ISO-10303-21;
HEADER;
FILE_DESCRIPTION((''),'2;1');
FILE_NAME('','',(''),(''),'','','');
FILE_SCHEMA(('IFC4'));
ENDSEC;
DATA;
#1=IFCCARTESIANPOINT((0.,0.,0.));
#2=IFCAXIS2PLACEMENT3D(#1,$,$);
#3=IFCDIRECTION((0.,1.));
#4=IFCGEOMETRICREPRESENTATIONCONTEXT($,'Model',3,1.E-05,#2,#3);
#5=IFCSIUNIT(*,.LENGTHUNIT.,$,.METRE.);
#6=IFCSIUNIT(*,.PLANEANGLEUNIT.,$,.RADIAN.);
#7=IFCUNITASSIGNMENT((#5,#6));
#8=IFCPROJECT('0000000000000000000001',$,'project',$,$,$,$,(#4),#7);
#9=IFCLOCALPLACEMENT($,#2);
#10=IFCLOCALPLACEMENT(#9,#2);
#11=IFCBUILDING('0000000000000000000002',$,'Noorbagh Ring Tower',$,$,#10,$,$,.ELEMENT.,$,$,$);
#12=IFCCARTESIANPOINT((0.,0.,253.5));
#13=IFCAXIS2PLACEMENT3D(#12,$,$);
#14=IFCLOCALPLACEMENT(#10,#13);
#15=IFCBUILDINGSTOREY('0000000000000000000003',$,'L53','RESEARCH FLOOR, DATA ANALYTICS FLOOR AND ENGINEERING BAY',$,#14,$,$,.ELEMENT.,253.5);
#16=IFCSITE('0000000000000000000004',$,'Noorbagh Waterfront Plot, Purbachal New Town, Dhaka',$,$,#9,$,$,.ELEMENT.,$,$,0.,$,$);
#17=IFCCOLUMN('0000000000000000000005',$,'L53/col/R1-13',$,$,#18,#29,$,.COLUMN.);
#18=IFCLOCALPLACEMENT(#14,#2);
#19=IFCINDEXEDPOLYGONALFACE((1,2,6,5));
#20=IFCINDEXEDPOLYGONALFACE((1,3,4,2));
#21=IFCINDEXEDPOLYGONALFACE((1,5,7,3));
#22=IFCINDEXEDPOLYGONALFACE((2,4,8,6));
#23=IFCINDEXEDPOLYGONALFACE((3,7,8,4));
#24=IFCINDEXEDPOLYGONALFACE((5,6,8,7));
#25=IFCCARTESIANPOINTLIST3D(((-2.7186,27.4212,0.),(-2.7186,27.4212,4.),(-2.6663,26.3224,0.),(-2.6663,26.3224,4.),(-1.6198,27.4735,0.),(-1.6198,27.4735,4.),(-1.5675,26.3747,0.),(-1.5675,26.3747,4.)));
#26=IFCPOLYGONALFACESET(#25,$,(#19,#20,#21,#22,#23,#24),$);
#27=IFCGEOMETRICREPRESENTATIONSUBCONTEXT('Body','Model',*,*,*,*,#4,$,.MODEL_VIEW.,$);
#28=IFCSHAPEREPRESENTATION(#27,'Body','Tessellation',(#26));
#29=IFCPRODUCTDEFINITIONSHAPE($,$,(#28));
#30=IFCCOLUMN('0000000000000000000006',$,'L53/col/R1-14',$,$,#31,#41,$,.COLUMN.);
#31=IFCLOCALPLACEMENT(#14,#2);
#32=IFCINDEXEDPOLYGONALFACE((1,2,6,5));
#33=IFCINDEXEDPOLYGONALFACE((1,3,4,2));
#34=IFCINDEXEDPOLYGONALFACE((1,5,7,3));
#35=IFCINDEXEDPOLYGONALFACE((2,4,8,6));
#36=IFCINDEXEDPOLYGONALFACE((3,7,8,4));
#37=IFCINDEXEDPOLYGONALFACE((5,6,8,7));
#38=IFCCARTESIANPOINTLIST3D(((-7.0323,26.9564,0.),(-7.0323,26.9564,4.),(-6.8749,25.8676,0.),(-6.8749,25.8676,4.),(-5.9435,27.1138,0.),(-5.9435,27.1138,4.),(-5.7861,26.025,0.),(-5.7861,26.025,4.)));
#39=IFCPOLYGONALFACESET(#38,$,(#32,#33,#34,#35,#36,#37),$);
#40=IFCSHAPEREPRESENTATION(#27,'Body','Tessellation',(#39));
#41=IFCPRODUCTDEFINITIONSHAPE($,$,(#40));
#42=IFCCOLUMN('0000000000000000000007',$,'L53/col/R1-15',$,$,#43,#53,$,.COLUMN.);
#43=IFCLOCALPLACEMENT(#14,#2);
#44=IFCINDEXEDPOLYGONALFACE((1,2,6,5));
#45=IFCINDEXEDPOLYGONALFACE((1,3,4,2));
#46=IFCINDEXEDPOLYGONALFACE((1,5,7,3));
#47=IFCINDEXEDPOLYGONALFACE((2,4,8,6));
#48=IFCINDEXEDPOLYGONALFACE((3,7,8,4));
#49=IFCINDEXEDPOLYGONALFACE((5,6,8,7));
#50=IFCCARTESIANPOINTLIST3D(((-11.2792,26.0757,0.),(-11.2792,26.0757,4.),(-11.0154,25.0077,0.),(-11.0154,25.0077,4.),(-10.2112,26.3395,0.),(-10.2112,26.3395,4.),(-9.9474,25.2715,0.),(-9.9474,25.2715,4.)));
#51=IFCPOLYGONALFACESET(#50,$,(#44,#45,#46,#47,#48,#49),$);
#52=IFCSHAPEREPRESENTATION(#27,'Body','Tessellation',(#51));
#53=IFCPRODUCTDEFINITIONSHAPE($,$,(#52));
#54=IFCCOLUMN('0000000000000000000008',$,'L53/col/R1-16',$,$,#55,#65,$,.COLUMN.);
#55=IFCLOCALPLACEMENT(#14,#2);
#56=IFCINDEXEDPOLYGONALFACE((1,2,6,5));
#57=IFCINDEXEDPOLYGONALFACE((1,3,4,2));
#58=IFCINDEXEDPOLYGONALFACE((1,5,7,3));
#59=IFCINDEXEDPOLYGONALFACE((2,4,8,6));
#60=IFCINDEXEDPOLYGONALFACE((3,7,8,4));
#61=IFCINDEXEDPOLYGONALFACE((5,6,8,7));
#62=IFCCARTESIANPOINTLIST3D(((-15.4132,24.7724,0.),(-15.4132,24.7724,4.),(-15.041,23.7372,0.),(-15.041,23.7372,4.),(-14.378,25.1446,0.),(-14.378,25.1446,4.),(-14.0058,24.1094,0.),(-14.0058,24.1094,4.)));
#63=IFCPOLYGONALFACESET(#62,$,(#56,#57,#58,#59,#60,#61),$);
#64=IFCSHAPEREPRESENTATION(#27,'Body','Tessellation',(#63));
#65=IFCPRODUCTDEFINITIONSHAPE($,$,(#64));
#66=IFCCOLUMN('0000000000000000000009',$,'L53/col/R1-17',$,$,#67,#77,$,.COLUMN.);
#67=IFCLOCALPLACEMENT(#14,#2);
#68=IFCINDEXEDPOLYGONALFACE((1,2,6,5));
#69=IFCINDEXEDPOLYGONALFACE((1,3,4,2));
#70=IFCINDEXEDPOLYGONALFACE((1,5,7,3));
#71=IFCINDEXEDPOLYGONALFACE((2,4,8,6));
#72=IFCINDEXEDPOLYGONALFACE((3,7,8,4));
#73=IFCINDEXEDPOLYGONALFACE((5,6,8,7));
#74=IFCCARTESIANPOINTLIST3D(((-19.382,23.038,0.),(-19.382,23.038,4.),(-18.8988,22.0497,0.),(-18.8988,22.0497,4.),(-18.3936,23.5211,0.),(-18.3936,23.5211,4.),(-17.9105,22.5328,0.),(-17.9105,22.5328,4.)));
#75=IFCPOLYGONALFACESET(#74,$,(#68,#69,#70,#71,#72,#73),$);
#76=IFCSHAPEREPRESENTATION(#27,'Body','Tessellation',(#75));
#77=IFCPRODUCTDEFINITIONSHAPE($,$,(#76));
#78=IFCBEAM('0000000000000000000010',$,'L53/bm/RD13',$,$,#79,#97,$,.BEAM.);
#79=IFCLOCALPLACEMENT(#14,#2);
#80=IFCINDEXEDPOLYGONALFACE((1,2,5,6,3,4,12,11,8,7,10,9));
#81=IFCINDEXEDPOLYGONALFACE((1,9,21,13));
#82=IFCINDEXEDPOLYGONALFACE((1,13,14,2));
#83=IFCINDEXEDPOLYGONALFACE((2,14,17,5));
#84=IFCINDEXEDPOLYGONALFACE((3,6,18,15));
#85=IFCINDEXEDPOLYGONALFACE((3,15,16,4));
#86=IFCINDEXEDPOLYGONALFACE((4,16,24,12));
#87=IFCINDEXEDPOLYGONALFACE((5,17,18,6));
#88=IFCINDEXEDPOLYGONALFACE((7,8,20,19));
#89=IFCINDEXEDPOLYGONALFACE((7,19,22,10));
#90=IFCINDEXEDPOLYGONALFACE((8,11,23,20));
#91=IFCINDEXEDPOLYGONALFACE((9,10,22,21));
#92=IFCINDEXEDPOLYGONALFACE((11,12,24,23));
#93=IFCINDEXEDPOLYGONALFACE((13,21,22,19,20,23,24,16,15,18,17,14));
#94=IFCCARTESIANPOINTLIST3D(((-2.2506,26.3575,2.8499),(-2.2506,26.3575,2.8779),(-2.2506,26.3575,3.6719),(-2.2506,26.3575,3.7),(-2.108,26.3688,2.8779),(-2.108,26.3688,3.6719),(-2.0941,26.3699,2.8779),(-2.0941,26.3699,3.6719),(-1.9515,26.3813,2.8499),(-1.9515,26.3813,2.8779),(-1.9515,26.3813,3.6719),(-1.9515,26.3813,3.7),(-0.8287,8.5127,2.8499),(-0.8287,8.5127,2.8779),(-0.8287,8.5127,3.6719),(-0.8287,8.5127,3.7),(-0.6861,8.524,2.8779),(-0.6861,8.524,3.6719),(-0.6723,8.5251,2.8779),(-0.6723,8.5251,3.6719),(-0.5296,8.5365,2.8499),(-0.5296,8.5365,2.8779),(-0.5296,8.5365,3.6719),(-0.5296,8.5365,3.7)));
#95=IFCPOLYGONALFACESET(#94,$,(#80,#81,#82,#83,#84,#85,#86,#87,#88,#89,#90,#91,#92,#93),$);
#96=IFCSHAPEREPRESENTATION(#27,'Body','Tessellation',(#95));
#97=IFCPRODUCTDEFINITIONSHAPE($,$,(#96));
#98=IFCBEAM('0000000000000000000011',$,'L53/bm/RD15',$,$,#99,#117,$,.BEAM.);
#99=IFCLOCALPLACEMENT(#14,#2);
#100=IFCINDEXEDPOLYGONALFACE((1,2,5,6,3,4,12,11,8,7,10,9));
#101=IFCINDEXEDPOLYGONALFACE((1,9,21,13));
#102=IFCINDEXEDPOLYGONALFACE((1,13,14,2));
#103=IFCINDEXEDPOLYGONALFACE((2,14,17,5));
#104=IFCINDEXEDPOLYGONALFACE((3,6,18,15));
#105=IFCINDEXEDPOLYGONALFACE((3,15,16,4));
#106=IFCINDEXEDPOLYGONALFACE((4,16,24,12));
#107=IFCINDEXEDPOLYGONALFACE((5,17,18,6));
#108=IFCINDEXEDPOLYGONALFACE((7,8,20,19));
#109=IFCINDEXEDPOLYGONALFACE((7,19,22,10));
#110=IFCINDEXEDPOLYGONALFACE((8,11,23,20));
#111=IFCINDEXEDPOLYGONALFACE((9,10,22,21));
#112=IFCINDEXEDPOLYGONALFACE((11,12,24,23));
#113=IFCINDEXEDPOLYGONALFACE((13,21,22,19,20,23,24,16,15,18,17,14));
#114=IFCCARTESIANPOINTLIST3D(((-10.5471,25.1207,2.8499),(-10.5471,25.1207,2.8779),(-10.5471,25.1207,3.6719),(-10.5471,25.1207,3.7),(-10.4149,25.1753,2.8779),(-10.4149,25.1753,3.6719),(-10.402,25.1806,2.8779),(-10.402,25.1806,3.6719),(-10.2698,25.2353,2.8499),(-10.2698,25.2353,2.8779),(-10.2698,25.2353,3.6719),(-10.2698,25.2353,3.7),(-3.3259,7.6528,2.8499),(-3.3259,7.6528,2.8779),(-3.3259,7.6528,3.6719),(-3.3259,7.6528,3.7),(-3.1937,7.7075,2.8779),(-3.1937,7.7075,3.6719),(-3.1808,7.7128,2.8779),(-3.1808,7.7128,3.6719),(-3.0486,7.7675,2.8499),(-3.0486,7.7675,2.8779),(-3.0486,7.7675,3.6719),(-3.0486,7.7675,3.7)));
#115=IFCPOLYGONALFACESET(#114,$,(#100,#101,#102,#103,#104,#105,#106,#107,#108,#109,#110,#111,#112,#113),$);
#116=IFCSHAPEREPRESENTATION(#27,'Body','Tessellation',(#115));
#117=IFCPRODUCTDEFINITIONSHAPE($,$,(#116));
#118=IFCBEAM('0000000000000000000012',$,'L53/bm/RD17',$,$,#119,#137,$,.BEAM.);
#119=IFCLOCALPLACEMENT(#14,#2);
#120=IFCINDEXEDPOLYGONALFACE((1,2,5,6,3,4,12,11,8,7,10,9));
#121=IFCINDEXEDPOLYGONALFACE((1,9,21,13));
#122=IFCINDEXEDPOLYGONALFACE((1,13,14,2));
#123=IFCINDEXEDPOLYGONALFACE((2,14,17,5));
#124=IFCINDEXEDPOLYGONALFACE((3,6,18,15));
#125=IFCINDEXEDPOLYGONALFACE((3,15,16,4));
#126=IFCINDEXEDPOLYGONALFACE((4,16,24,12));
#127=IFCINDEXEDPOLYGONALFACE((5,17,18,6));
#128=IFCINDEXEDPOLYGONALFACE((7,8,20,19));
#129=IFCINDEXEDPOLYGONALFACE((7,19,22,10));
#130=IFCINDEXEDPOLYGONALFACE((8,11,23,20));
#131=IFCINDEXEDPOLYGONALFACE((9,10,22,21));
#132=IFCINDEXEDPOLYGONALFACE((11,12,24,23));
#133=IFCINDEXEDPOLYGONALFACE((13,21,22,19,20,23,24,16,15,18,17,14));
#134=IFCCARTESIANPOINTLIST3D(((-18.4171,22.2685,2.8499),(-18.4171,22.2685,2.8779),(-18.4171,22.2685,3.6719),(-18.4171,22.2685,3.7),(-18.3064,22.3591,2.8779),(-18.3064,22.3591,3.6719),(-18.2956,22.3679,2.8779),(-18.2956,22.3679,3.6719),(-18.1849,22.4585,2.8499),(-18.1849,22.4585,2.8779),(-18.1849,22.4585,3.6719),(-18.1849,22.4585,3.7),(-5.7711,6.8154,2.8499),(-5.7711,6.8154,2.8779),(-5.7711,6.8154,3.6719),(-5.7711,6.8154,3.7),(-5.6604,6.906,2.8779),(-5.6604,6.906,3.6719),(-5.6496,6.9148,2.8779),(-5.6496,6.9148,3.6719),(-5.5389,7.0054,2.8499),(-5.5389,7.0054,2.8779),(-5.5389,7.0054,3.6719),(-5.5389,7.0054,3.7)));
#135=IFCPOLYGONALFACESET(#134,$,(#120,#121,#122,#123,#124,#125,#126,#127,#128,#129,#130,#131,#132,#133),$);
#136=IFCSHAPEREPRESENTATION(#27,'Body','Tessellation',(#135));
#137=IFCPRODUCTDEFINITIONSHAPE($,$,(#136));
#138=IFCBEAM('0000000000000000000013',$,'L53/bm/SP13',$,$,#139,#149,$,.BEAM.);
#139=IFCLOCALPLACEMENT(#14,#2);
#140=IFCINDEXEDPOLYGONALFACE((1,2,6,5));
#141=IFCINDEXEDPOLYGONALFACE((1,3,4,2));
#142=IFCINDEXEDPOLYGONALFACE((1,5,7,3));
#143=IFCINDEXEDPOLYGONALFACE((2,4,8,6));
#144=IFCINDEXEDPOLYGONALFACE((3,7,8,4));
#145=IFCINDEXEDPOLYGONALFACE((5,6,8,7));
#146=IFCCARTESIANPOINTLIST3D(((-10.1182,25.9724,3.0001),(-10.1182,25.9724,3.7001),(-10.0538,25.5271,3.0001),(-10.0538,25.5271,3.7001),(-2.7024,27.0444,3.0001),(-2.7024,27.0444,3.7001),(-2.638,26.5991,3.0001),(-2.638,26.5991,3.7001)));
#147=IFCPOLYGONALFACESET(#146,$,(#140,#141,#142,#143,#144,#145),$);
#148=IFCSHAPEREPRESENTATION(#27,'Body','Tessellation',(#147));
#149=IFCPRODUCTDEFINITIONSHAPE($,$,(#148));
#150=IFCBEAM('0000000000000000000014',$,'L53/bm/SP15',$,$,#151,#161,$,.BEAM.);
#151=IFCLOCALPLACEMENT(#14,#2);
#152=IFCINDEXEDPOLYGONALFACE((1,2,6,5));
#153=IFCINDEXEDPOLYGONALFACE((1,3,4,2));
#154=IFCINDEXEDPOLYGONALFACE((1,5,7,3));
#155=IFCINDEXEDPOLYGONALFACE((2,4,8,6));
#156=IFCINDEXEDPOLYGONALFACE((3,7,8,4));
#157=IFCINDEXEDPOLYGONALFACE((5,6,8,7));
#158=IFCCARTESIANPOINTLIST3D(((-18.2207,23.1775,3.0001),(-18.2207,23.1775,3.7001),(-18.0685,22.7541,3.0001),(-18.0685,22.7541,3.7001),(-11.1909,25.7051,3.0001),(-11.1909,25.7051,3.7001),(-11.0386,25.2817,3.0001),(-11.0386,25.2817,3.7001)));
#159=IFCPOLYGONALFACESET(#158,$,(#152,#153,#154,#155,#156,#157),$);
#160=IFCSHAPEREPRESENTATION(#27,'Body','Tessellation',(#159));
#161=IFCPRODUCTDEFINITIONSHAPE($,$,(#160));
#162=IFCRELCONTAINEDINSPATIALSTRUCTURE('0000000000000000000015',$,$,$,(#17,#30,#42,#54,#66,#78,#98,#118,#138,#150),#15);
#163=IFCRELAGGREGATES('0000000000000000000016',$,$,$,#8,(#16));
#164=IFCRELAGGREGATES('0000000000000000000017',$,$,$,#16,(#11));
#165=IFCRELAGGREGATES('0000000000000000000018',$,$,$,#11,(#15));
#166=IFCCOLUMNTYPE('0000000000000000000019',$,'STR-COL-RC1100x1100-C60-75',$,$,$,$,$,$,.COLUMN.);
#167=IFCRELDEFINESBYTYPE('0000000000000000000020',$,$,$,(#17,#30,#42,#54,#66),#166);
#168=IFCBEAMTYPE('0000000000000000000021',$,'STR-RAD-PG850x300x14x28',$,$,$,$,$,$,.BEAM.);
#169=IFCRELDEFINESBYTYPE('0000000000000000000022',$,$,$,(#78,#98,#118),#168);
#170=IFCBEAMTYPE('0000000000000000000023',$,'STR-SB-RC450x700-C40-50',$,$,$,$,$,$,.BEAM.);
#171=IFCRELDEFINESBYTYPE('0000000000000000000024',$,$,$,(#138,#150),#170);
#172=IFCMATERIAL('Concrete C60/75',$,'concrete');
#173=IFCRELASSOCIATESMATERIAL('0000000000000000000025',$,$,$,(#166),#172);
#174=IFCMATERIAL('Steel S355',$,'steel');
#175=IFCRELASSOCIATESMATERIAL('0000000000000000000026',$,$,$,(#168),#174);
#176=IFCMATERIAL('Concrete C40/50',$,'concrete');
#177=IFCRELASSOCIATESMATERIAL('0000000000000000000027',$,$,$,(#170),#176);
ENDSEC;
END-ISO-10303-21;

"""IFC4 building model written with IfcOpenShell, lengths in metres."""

from ifc_helpers import new_model, si_unit, direction, frame, origin, origin_2d, place, context, subcontext, project, spatial, rectangle, i_section, extrude, material, material_profile, profile_set, type_object, element, save


model = new_model("IFC4")

# Units and contexts
model_context = context("Model", 3, precision=1e-05, world=origin(), true_north=direction((0.0, 1.0)))
body_context = subcontext(model_context, "Body", "Model", "MODEL_VIEW")
ifc_project = project(units=[si_unit("LENGTHUNIT", "METRE"), si_unit("PLANEANGLEUNIT", "RADIAN")], contexts=[model_context])

# Site, building, storey
site_placement = place(None, origin())
site = spatial("IfcSite", under=ifc_project, at=site_placement, Name="Noorbagh Waterfront Plot, Purbachal New Town, Dhaka", CompositionType="ELEMENT", RefElevation=0.0)
building_placement = place(site_placement, origin())
building = spatial("IfcBuilding", under=site, at=building_placement, Name="Noorbagh Ring Tower", CompositionType="ELEMENT")
storey_placement = place(building_placement, frame((0.0, 0.0, 253.5)))
storey = spatial("IfcBuildingStorey", under=building, at=storey_placement, Name="L53", Description="RESEARCH FLOOR, DATA ANALYTICS FLOOR AND ENGINEERING BAY", CompositionType="ELEMENT", Elevation=253.5)

# Columns
ifc_material_1 = material(Name="Concrete C60/75", Category="concrete")
ifc_material_profile_1 = material_profile(ifc_material_1, rectangle(XDim=1.1001, YDim=1.1001, at=origin_2d()), Name="RC1100x1100")
ifc_profile_set_1 = profile_set([ifc_material_profile_1], Name="Concrete C60/75")
column_type = type_object("IfcColumnType", Name="STR-COL-RC1100x1100-C60-75", PredefinedType="COLUMN", material=ifc_profile_set_1)
for number, where, z_axis, x_axis, name in (
    (1, (-2.1431, 26.8979, 0.0), (0.0, 0.0, 1.0), (-0.998869, -0.047553, 0.0), "L53/col/R1-13"),
    (2, (-6.4092, 26.4907, 0.0), (0.0, 0.0, 1.0), (-0.989713, -0.143066, 0.0), "L53/col/R1-14"),
    (3, (-10.6133, 25.6736, 0.0), (0.0, 0.0, 1.0), (-0.970829, -0.239771, 0.0), "L53/col/R1-15"),
    (4, (-14.7095, 24.4409, 0.0), (0.0, 0.0, 1.0), (-0.941025, -0.338338, 0.0), "L53/col/R1-16"),
    (5, (-18.6462, 22.7854, 0.0), (0.0, 0.0, 1.0), (-0.898399, -0.43918, 0.0), "L53/col/R1-17"),
):
    element("IfcColumn", number, at=place(storey_placement, frame(where, z_axis=z_axis, x_axis=x_axis)), inside=storey, type_object=column_type, Name=name, PredefinedType="COLUMN", context=body_context, shape_type="SweptSolid", body=[
        extrude(rectangle(XDim=1.1001, YDim=1.1001, at=origin_2d()), origin(), (0.0, 0.0, 1.0), 4.0),
    ])

# Beams
ifc_material_2 = material(Name="Steel S355", Category="steel")
ifc_material_profile_2 = material_profile(ifc_material_2, i_section(OverallWidth=0.3, OverallDepth=0.8501, WebThickness=0.0139, FlangeThickness=0.0281, at=origin_2d()), Name="PG850x300x14x28")
ifc_profile_set_2 = profile_set([ifc_material_profile_2], Name="Steel S355")
beam_type_1 = type_object("IfcBeamType", Name="STR-RAD-PG850x300x14x28", PredefinedType="BEAM", material=ifc_profile_set_2)
beam_1_placement = place(storey_placement, frame((-2.1011, 26.3694, 3.2749), z_axis=(0.079429, -0.996841, 0.0), x_axis=(0.996841, 0.079429, 0.0)))
element("IfcBeam", 6, at=beam_1_placement, inside=storey, type_object=beam_type_1, Name="L53/bm/RD13", PredefinedType="BEAM", context=body_context, shape_type="SweptSolid", body=[
    extrude(i_section(OverallWidth=0.3, OverallDepth=0.8501, WebThickness=0.0139, FlangeThickness=0.0281, at=origin_2d()), origin(), (0.0, 0.0, 1.0), 17.9014),
])
beam_2_placement = place(storey_placement, frame((-10.4084, 25.178, 3.2749), z_axis=(0.382042, -0.924145, 0.0), x_axis=(0.924145, 0.382042, 0.0)))
element("IfcBeam", 7, at=beam_2_placement, inside=storey, type_object=beam_type_1, Name="L53/bm/RD15", PredefinedType="BEAM", context=body_context, shape_type="SweptSolid", body=[
    extrude(i_section(OverallWidth=0.3, OverallDepth=0.8501, WebThickness=0.0139, FlangeThickness=0.0281, at=origin_2d()), origin(), (0.0, 0.0, 1.0), 18.9016),
])
beam_3_placement = place(storey_placement, frame((-18.301, 22.3635, 3.2749), z_axis=(0.633314, -0.773895, 0.0), x_axis=(0.773895, 0.633314, 0.0)))
element("IfcBeam", 8, at=beam_3_placement, inside=storey, type_object=beam_type_1, Name="L53/bm/RD17", PredefinedType="BEAM", context=body_context, shape_type="SweptSolid", body=[
    extrude(i_section(OverallWidth=0.3, OverallDepth=0.8501, WebThickness=0.0139, FlangeThickness=0.0281, at=origin_2d()), origin(), (0.0, 0.0, 1.0), 19.968),
])
ifc_material_3 = material(Name="Concrete C40/50", Category="concrete")
ifc_material_profile_3 = material_profile(ifc_material_3, rectangle(XDim=0.45, YDim=0.7, at=origin_2d()), Name="RC450x700")
ifc_profile_set_3 = profile_set([ifc_material_profile_3], Name="Concrete C40/50")
beam_type_2 = type_object("IfcBeamType", Name="STR-SB-RC450x700-C40-50", PredefinedType="BEAM", material=ifc_profile_set_3)
beam_4_placement = place(storey_placement, frame((-2.6702, 26.8218, 3.3501), z_axis=(-0.989712, -0.143072, 0.0), x_axis=(0.143072, -0.989712, 0.0)))
element("IfcBeam", 9, at=beam_4_placement, inside=storey, type_object=beam_type_2, Name="L53/bm/SP13", PredefinedType="BEAM", context=body_context, shape_type="SweptSolid", body=[
    extrude(rectangle(XDim=0.45, YDim=0.7, at=origin_2d()), origin(), (0.0, 0.0, 1.0), 7.4929),
])
beam_5_placement = place(storey_placement, frame((-11.1147, 25.4934, 3.3501), z_axis=(-0.941021, -0.338348, 0.0), x_axis=(0.338348, -0.941021, 0.0)))
element("IfcBeam", 10, at=beam_5_placement, inside=storey, type_object=beam_type_2, Name="L53/bm/SP15", PredefinedType="BEAM", context=body_context, shape_type="SweptSolid", body=[
    extrude(rectangle(XDim=0.45, YDim=0.7, at=origin_2d()), origin(), (0.0, 0.0, 1.0), 7.4705),
])

save(model, "model.ifc")
